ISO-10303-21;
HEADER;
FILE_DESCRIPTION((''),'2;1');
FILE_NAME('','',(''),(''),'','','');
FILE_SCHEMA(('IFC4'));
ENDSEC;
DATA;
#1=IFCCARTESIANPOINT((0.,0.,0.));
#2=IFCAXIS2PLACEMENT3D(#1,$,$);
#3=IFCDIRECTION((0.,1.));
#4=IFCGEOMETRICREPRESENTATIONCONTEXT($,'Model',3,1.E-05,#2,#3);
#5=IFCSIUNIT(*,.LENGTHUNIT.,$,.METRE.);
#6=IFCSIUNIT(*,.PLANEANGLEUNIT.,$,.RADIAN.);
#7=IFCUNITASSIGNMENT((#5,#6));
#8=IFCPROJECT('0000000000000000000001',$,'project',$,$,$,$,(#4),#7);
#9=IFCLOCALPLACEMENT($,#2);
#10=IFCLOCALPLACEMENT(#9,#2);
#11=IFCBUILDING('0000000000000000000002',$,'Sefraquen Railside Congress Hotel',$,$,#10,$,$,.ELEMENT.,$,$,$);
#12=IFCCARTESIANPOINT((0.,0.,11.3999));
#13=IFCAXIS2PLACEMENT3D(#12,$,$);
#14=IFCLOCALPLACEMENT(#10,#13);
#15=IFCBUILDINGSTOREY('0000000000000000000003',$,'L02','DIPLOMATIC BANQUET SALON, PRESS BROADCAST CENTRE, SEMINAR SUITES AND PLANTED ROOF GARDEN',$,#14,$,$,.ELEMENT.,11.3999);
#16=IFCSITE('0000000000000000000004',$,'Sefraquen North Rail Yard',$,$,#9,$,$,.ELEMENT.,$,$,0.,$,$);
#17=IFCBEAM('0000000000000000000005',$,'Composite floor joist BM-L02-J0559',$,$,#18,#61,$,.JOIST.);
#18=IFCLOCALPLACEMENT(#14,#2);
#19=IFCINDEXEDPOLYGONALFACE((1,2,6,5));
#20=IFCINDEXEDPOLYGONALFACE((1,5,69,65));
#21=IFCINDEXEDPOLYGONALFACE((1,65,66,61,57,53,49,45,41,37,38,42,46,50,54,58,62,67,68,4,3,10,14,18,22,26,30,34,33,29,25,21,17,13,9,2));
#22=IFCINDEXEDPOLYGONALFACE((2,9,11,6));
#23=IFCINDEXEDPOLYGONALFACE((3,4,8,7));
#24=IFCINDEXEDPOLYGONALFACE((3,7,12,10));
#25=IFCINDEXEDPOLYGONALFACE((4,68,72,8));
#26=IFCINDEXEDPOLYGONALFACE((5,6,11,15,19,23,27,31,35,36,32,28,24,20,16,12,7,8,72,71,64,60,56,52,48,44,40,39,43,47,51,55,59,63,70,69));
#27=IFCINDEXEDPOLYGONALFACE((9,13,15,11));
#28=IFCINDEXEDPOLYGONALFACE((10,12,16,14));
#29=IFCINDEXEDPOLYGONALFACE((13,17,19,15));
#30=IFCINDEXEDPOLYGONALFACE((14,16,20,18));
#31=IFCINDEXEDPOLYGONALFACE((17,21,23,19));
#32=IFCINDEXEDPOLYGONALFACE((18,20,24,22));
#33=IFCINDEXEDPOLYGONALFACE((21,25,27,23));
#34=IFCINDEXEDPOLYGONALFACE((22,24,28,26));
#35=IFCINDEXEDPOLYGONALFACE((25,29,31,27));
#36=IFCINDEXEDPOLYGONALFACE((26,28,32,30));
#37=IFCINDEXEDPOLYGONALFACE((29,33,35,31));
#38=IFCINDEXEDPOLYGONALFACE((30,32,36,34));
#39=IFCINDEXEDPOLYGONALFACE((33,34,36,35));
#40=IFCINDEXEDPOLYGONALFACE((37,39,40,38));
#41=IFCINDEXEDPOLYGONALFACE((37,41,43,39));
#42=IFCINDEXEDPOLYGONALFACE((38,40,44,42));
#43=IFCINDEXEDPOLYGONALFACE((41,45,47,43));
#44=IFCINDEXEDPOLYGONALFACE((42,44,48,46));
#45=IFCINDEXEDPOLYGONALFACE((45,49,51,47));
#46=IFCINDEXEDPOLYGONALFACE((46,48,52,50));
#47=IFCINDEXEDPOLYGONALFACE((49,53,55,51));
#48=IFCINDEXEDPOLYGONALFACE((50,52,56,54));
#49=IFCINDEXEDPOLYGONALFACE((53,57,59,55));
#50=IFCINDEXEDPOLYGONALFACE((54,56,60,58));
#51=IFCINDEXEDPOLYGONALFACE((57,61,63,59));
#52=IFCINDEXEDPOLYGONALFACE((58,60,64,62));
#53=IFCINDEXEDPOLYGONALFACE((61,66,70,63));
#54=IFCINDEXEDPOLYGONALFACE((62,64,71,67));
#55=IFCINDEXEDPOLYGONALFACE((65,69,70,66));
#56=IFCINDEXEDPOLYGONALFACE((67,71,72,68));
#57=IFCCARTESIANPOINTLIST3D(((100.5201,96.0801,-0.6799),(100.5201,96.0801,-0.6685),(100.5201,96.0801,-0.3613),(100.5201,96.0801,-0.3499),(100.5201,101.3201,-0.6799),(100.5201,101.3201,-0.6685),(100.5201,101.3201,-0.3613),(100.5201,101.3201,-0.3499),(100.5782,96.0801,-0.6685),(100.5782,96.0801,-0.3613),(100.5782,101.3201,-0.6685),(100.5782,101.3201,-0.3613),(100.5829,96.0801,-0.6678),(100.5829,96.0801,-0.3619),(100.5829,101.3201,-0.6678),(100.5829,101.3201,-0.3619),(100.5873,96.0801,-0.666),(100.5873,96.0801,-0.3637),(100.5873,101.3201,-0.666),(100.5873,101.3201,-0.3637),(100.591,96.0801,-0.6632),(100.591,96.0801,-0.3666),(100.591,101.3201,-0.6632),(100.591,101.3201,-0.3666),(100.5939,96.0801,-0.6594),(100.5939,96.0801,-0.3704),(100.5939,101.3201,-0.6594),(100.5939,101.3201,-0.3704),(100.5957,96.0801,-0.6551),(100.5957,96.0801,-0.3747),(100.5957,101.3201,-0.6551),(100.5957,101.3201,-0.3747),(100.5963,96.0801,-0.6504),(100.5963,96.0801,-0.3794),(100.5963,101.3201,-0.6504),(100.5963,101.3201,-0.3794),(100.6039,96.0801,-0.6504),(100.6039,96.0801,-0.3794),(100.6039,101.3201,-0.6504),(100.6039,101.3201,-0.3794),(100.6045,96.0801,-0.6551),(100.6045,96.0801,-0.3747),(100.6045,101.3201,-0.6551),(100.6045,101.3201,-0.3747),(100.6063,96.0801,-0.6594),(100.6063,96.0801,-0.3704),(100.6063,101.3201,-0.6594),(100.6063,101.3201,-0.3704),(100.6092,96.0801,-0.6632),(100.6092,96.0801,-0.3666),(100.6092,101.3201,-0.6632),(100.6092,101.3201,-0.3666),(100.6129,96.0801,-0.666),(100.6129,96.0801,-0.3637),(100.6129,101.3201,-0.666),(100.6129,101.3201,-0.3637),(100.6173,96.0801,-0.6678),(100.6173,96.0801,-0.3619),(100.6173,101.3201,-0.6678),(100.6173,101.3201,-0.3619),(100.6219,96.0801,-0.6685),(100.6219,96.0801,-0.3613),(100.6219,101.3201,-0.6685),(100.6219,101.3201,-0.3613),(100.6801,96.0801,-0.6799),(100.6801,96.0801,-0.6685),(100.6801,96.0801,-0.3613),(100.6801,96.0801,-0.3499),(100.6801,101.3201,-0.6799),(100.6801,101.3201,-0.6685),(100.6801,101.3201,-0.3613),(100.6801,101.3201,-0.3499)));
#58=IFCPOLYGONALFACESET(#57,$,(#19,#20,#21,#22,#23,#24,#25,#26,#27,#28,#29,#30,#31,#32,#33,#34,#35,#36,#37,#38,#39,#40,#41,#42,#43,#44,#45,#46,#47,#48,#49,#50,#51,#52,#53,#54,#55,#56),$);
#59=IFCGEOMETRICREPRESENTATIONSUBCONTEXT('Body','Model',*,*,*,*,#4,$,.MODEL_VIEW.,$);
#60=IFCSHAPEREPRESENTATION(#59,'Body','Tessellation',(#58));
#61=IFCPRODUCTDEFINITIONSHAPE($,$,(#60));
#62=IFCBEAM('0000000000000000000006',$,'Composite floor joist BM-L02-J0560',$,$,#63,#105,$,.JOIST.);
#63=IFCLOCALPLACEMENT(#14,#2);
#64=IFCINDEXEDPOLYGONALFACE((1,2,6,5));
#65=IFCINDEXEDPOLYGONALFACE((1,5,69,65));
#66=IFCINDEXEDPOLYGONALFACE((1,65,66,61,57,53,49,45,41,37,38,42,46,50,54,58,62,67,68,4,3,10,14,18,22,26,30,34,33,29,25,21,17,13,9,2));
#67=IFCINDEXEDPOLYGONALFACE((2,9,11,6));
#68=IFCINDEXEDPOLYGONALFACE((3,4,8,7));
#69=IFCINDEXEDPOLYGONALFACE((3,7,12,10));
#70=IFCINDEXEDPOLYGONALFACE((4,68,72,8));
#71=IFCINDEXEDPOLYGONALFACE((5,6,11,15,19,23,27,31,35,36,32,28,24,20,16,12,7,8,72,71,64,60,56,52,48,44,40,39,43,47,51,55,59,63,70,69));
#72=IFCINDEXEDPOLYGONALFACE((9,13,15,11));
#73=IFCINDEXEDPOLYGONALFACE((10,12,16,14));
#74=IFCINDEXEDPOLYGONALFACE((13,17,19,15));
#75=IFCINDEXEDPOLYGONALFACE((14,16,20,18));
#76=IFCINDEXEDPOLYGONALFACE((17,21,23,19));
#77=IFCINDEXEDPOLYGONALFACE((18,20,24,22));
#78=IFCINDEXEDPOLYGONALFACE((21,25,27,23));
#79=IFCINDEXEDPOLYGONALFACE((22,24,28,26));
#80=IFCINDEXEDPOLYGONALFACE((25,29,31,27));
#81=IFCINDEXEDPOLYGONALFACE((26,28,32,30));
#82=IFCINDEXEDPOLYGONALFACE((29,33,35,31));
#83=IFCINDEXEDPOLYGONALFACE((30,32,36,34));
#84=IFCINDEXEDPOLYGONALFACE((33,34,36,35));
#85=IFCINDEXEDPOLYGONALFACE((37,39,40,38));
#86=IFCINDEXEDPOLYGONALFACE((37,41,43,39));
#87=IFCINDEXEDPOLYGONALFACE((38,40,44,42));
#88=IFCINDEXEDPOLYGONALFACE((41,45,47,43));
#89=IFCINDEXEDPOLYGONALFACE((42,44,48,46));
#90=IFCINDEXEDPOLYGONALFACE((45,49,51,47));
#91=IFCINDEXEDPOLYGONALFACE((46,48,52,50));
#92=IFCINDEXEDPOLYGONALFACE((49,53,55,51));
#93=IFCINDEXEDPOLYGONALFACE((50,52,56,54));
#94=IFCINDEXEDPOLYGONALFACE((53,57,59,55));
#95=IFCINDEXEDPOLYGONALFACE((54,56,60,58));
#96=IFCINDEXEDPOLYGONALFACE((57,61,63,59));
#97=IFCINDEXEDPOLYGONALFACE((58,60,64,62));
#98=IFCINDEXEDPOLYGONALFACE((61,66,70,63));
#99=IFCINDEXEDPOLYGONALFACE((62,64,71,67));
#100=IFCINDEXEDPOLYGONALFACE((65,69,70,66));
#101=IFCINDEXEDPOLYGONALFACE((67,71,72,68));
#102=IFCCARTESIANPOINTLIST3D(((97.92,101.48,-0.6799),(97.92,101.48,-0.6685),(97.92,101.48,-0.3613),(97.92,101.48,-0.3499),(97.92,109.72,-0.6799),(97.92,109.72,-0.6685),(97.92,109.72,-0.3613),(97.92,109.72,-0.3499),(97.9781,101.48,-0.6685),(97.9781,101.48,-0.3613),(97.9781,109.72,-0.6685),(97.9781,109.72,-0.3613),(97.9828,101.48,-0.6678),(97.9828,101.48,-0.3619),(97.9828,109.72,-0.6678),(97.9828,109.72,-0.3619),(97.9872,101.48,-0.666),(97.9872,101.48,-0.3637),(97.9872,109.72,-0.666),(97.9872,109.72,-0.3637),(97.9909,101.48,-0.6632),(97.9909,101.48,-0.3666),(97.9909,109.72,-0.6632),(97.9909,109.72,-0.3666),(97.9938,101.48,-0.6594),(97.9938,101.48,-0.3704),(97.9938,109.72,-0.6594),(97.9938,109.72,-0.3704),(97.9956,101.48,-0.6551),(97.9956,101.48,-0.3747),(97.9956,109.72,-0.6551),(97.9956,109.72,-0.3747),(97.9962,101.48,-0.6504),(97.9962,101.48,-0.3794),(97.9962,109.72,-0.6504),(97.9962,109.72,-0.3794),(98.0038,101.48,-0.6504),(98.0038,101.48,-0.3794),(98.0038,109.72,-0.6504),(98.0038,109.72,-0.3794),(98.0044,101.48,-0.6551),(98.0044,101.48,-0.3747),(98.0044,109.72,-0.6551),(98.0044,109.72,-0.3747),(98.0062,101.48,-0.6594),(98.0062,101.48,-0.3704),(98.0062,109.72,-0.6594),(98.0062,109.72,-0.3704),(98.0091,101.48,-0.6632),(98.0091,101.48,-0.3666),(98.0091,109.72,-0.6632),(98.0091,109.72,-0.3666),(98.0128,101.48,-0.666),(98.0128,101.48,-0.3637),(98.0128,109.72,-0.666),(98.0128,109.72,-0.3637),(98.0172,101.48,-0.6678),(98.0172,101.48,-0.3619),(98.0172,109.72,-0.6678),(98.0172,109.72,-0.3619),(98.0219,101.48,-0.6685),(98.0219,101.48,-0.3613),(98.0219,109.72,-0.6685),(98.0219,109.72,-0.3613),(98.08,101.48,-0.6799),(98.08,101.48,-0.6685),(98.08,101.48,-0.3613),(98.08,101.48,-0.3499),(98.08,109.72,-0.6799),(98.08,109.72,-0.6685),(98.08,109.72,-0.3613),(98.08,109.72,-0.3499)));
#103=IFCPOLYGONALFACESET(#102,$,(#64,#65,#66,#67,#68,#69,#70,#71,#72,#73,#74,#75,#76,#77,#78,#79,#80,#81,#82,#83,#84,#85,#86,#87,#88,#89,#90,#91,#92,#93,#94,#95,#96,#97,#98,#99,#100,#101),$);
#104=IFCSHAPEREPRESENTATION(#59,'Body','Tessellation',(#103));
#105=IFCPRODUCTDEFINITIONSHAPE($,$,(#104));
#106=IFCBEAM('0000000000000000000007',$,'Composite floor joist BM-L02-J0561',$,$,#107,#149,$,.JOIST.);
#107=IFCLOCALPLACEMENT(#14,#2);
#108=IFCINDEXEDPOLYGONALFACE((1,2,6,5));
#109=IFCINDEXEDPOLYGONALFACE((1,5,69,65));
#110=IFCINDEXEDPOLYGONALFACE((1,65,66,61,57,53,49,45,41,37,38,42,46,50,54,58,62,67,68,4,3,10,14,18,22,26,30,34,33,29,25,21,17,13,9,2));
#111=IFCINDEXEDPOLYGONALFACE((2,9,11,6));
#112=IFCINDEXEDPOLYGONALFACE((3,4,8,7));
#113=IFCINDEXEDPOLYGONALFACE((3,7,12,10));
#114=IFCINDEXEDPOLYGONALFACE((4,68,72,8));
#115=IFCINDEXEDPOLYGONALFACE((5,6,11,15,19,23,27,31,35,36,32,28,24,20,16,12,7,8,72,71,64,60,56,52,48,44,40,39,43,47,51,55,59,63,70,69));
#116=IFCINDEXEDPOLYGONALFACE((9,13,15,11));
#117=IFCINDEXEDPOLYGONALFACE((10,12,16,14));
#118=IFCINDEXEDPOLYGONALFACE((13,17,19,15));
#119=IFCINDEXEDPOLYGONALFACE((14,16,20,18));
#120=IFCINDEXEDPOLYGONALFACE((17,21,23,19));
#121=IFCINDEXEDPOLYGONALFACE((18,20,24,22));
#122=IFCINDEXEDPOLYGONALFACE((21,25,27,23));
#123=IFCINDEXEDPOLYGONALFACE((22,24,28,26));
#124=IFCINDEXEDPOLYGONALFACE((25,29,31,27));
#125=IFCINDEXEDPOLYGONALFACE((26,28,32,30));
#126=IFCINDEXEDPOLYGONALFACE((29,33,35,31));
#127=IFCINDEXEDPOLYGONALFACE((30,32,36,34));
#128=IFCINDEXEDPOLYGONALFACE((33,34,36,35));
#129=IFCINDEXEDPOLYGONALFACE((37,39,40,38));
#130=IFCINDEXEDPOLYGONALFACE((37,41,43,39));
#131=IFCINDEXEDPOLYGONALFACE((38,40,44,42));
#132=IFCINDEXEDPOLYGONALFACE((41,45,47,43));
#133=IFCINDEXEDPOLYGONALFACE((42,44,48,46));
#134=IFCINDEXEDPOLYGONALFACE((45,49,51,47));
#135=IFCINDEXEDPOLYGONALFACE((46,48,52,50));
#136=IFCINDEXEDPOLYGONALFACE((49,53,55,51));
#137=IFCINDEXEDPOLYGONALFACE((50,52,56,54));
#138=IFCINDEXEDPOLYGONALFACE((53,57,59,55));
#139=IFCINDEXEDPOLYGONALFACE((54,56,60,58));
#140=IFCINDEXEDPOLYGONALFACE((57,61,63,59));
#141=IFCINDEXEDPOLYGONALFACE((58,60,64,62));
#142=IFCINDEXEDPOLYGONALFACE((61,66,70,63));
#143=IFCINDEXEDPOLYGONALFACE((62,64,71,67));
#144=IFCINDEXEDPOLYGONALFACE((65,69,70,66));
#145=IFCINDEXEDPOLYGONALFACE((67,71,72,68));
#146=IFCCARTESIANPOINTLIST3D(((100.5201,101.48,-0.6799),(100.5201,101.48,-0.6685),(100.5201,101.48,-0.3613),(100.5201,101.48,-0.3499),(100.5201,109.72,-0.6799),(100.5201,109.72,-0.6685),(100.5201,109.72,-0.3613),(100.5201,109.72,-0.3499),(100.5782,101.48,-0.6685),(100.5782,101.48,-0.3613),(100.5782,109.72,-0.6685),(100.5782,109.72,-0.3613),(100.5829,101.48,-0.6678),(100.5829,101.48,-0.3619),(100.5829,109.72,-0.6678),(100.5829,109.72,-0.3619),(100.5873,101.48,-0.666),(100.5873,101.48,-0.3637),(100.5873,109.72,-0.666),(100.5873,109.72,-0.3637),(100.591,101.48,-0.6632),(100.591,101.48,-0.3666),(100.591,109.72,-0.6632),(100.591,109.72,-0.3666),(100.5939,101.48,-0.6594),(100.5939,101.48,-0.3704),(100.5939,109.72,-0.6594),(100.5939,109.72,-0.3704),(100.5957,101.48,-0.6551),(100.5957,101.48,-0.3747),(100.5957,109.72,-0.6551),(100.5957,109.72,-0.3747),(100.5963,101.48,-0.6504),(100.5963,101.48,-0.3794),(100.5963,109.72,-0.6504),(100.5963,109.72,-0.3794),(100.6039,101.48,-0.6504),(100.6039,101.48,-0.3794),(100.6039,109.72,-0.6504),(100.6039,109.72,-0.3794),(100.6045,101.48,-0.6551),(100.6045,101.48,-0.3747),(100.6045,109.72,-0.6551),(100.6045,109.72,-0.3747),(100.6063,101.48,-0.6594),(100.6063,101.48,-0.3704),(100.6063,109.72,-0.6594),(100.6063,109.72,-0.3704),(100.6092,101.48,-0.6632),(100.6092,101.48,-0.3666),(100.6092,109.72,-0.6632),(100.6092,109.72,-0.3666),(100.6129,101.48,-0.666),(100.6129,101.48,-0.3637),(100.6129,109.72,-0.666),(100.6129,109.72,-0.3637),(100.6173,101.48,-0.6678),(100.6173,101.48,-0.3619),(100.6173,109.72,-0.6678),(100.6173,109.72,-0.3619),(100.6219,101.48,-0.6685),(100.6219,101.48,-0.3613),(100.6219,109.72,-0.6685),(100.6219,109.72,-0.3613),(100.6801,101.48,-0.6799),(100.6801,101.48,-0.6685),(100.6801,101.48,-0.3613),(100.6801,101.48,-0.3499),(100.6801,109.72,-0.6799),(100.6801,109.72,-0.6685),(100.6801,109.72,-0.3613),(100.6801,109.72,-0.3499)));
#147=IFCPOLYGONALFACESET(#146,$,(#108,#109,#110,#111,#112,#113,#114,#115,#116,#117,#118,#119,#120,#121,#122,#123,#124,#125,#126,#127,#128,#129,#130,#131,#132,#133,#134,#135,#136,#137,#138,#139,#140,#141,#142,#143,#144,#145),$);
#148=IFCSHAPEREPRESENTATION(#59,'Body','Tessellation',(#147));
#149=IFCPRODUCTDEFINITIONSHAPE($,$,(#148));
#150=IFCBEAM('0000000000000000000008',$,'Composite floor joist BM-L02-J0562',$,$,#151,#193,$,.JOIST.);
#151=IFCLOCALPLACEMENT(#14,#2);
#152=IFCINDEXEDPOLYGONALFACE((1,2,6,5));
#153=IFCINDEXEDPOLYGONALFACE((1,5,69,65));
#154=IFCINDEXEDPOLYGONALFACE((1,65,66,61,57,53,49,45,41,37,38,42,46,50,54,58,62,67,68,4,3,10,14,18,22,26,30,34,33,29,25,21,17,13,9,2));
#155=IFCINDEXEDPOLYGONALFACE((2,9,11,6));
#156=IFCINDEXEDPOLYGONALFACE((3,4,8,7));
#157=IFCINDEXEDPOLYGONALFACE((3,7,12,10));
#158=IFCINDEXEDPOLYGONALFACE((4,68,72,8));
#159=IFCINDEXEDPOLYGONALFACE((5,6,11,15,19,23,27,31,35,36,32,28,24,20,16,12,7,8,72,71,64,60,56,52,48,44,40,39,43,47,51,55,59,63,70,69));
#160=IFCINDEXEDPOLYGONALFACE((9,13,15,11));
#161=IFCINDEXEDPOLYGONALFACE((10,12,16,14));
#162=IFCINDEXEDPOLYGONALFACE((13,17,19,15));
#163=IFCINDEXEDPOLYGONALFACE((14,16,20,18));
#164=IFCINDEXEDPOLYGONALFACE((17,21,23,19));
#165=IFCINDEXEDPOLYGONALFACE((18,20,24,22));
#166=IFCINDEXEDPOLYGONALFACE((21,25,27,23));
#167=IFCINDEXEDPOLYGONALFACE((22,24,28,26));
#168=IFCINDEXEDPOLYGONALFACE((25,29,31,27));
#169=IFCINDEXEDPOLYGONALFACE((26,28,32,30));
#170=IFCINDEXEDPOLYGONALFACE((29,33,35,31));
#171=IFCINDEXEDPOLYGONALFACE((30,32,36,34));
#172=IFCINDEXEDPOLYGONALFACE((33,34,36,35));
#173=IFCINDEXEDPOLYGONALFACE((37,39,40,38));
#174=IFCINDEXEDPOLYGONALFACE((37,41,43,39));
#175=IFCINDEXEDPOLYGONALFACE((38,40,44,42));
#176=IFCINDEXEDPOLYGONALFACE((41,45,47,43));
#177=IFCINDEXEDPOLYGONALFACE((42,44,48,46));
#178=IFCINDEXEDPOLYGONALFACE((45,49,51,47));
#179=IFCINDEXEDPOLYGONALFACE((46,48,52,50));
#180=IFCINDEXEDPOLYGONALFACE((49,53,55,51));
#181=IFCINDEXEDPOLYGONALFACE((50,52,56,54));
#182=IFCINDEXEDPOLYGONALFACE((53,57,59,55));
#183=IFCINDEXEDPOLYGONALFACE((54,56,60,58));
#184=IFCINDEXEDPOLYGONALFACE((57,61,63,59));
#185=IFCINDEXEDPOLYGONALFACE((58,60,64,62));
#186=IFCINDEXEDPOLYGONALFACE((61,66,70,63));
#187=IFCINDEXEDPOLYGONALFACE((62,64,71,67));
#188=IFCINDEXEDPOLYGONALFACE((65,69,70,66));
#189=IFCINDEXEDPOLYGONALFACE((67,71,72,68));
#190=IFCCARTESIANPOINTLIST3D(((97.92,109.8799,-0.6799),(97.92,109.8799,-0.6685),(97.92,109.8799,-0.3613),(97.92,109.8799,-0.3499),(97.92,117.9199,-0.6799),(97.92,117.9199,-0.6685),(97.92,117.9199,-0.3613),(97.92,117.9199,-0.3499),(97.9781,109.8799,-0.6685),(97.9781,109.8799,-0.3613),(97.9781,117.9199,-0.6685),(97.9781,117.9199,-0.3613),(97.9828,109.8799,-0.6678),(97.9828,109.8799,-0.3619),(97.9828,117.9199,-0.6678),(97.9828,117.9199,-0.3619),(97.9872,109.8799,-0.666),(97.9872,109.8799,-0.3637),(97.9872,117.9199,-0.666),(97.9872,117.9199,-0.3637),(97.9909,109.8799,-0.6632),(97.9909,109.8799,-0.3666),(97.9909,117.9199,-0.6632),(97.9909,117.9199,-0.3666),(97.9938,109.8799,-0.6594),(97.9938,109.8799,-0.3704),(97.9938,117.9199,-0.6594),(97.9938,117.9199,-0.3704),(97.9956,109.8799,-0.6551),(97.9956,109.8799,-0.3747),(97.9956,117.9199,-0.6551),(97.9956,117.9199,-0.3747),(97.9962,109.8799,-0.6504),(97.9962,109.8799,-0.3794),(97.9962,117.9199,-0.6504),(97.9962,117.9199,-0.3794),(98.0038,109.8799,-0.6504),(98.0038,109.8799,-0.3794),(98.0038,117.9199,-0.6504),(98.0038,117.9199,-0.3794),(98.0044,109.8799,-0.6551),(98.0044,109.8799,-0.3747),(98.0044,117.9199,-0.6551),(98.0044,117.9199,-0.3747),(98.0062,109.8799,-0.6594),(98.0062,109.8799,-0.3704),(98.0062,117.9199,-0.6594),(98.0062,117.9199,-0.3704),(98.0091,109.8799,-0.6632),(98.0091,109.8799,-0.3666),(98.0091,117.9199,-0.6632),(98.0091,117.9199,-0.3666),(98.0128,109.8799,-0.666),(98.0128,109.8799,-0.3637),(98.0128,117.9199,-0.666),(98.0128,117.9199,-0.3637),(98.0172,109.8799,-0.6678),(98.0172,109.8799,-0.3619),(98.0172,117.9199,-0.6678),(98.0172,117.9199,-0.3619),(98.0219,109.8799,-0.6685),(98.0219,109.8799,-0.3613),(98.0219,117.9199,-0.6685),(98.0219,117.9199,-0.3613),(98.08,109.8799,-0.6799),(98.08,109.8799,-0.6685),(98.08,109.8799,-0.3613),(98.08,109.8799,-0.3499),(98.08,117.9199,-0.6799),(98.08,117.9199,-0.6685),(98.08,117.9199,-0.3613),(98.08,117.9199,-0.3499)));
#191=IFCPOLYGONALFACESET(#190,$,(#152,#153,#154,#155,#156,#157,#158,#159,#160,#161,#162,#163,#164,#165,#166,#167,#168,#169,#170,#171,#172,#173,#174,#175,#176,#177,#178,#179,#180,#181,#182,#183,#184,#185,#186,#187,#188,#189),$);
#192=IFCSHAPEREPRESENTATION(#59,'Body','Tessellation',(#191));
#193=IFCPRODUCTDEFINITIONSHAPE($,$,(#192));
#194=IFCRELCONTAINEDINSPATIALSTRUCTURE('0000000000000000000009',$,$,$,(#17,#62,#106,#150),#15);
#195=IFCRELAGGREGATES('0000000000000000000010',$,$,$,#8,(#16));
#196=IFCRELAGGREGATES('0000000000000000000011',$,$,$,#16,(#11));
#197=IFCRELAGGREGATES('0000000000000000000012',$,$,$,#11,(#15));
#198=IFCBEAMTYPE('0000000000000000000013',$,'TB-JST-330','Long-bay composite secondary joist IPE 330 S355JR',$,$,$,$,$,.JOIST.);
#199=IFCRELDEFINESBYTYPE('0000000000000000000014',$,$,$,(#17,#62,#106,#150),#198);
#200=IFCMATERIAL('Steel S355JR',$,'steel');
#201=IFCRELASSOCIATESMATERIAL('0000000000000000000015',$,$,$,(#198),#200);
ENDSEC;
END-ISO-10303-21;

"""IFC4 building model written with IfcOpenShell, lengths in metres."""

from ifc_helpers import new_model, si_unit, direction, frame, origin, origin_2d, place, context, subcontext, project, spatial, i_section, extrude, material, material_profile, profile_set, type_object, element, save


model = new_model("IFC4")

# Units and contexts
model_context = context("Model", 3, precision=1e-05, world=origin(), true_north=direction((0.0, 1.0)))
body_context = subcontext(model_context, "Body", "Model", "MODEL_VIEW")
ifc_project = project(units=[si_unit("LENGTHUNIT", "METRE"), si_unit("PLANEANGLEUNIT", "RADIAN")], contexts=[model_context])

# Site, building, storey
site_placement = place(None, origin())
site = spatial("IfcSite", under=ifc_project, at=site_placement, Name="Sefraquen North Rail Yard", CompositionType="ELEMENT", RefElevation=0.0)
building_placement = place(site_placement, origin())
building = spatial("IfcBuilding", under=site, at=building_placement, Name="Sefraquen Railside Congress Hotel", CompositionType="ELEMENT")
storey_placement = place(building_placement, frame((0.0, 0.0, 11.3999)))
storey = spatial("IfcBuildingStorey", under=building, at=storey_placement, Name="L02", Description="DIPLOMATIC BANQUET SALON, PRESS BROADCAST CENTRE, SEMINAR SUITES AND PLANTED ROOF GARDEN", CompositionType="ELEMENT", Elevation=11.3999)

# Shared definitions
ifc_material_1 = material(Name="Steel S355JR", Category="steel")

# Beams
ifc_material_profile_1 = material_profile(ifc_material_1, i_section(OverallWidth=0.1599, OverallDepth=0.3301, WebThickness=0.0076, FlangeThickness=0.0115, FilletRadius=0.0181, at=origin_2d()), Name="IPE 330")
ifc_profile_set_1 = profile_set([ifc_material_profile_1], Name="Steel S355JR")
beam_type_1 = type_object("IfcBeamType", Name="TB-JST-330", Description="Long-bay composite secondary joist IPE 330 S355JR", PredefinedType="JOIST", material=ifc_profile_set_1)
for number, where, z_axis, x_axis, name in (
    (1, (100.6001, 96.0801, -0.5149), (0.0, 1.0, 0.0), (-1.0, 0.0, 0.0), "Composite floor joist BM-L02-J0559"),
):
    element("IfcBeam", number, at=place(storey_placement, frame(where, z_axis=z_axis, x_axis=x_axis)), inside=storey, type_object=beam_type_1, Name=name, PredefinedType="JOIST", context=body_context, shape_type="SweptSolid", body=[
        extrude(i_section(OverallWidth=0.1599, OverallDepth=0.3301, WebThickness=0.0076, FlangeThickness=0.0115, FilletRadius=0.0181, at=origin_2d()), origin(), (0.0, 0.0, 1.0), 5.24),
    ])
for number, where, z_axis, x_axis, name in (
    (2, (98.0, 101.48, -0.5149), (0.0, 1.0, 0.0), (-1.0, 0.0, 0.0), "Composite floor joist BM-L02-J0560"),
    (3, (100.6001, 101.48, -0.5149), (0.0, 1.0, 0.0), (-1.0, 0.0, 0.0), "Composite floor joist BM-L02-J0561"),
):
    element("IfcBeam", number, at=place(storey_placement, frame(where, z_axis=z_axis, x_axis=x_axis)), inside=storey, type_object=beam_type_1, Name=name, PredefinedType="JOIST", context=body_context, shape_type="SweptSolid", body=[
        extrude(i_section(OverallWidth=0.1599, OverallDepth=0.3301, WebThickness=0.0076, FlangeThickness=0.0115, FilletRadius=0.0181, at=origin_2d()), origin(), (0.0, 0.0, 1.0), 8.24),
    ])
for number, where, z_axis, x_axis, name in (
    (4, (98.0, 109.8799, -0.5149), (0.0, 1.0, 0.0), (-1.0, 0.0, 0.0), "Composite floor joist BM-L02-J0562"),
):
    element("IfcBeam", number, at=place(storey_placement, frame(where, z_axis=z_axis, x_axis=x_axis)), inside=storey, type_object=beam_type_1, Name=name, PredefinedType="JOIST", context=body_context, shape_type="SweptSolid", body=[
        extrude(i_section(OverallWidth=0.1599, OverallDepth=0.3301, WebThickness=0.0076, FlangeThickness=0.0115, FilletRadius=0.0181, at=origin_2d()), origin(), (0.0, 0.0, 1.0), 8.04),
    ])

save(model, "model.ifc")
